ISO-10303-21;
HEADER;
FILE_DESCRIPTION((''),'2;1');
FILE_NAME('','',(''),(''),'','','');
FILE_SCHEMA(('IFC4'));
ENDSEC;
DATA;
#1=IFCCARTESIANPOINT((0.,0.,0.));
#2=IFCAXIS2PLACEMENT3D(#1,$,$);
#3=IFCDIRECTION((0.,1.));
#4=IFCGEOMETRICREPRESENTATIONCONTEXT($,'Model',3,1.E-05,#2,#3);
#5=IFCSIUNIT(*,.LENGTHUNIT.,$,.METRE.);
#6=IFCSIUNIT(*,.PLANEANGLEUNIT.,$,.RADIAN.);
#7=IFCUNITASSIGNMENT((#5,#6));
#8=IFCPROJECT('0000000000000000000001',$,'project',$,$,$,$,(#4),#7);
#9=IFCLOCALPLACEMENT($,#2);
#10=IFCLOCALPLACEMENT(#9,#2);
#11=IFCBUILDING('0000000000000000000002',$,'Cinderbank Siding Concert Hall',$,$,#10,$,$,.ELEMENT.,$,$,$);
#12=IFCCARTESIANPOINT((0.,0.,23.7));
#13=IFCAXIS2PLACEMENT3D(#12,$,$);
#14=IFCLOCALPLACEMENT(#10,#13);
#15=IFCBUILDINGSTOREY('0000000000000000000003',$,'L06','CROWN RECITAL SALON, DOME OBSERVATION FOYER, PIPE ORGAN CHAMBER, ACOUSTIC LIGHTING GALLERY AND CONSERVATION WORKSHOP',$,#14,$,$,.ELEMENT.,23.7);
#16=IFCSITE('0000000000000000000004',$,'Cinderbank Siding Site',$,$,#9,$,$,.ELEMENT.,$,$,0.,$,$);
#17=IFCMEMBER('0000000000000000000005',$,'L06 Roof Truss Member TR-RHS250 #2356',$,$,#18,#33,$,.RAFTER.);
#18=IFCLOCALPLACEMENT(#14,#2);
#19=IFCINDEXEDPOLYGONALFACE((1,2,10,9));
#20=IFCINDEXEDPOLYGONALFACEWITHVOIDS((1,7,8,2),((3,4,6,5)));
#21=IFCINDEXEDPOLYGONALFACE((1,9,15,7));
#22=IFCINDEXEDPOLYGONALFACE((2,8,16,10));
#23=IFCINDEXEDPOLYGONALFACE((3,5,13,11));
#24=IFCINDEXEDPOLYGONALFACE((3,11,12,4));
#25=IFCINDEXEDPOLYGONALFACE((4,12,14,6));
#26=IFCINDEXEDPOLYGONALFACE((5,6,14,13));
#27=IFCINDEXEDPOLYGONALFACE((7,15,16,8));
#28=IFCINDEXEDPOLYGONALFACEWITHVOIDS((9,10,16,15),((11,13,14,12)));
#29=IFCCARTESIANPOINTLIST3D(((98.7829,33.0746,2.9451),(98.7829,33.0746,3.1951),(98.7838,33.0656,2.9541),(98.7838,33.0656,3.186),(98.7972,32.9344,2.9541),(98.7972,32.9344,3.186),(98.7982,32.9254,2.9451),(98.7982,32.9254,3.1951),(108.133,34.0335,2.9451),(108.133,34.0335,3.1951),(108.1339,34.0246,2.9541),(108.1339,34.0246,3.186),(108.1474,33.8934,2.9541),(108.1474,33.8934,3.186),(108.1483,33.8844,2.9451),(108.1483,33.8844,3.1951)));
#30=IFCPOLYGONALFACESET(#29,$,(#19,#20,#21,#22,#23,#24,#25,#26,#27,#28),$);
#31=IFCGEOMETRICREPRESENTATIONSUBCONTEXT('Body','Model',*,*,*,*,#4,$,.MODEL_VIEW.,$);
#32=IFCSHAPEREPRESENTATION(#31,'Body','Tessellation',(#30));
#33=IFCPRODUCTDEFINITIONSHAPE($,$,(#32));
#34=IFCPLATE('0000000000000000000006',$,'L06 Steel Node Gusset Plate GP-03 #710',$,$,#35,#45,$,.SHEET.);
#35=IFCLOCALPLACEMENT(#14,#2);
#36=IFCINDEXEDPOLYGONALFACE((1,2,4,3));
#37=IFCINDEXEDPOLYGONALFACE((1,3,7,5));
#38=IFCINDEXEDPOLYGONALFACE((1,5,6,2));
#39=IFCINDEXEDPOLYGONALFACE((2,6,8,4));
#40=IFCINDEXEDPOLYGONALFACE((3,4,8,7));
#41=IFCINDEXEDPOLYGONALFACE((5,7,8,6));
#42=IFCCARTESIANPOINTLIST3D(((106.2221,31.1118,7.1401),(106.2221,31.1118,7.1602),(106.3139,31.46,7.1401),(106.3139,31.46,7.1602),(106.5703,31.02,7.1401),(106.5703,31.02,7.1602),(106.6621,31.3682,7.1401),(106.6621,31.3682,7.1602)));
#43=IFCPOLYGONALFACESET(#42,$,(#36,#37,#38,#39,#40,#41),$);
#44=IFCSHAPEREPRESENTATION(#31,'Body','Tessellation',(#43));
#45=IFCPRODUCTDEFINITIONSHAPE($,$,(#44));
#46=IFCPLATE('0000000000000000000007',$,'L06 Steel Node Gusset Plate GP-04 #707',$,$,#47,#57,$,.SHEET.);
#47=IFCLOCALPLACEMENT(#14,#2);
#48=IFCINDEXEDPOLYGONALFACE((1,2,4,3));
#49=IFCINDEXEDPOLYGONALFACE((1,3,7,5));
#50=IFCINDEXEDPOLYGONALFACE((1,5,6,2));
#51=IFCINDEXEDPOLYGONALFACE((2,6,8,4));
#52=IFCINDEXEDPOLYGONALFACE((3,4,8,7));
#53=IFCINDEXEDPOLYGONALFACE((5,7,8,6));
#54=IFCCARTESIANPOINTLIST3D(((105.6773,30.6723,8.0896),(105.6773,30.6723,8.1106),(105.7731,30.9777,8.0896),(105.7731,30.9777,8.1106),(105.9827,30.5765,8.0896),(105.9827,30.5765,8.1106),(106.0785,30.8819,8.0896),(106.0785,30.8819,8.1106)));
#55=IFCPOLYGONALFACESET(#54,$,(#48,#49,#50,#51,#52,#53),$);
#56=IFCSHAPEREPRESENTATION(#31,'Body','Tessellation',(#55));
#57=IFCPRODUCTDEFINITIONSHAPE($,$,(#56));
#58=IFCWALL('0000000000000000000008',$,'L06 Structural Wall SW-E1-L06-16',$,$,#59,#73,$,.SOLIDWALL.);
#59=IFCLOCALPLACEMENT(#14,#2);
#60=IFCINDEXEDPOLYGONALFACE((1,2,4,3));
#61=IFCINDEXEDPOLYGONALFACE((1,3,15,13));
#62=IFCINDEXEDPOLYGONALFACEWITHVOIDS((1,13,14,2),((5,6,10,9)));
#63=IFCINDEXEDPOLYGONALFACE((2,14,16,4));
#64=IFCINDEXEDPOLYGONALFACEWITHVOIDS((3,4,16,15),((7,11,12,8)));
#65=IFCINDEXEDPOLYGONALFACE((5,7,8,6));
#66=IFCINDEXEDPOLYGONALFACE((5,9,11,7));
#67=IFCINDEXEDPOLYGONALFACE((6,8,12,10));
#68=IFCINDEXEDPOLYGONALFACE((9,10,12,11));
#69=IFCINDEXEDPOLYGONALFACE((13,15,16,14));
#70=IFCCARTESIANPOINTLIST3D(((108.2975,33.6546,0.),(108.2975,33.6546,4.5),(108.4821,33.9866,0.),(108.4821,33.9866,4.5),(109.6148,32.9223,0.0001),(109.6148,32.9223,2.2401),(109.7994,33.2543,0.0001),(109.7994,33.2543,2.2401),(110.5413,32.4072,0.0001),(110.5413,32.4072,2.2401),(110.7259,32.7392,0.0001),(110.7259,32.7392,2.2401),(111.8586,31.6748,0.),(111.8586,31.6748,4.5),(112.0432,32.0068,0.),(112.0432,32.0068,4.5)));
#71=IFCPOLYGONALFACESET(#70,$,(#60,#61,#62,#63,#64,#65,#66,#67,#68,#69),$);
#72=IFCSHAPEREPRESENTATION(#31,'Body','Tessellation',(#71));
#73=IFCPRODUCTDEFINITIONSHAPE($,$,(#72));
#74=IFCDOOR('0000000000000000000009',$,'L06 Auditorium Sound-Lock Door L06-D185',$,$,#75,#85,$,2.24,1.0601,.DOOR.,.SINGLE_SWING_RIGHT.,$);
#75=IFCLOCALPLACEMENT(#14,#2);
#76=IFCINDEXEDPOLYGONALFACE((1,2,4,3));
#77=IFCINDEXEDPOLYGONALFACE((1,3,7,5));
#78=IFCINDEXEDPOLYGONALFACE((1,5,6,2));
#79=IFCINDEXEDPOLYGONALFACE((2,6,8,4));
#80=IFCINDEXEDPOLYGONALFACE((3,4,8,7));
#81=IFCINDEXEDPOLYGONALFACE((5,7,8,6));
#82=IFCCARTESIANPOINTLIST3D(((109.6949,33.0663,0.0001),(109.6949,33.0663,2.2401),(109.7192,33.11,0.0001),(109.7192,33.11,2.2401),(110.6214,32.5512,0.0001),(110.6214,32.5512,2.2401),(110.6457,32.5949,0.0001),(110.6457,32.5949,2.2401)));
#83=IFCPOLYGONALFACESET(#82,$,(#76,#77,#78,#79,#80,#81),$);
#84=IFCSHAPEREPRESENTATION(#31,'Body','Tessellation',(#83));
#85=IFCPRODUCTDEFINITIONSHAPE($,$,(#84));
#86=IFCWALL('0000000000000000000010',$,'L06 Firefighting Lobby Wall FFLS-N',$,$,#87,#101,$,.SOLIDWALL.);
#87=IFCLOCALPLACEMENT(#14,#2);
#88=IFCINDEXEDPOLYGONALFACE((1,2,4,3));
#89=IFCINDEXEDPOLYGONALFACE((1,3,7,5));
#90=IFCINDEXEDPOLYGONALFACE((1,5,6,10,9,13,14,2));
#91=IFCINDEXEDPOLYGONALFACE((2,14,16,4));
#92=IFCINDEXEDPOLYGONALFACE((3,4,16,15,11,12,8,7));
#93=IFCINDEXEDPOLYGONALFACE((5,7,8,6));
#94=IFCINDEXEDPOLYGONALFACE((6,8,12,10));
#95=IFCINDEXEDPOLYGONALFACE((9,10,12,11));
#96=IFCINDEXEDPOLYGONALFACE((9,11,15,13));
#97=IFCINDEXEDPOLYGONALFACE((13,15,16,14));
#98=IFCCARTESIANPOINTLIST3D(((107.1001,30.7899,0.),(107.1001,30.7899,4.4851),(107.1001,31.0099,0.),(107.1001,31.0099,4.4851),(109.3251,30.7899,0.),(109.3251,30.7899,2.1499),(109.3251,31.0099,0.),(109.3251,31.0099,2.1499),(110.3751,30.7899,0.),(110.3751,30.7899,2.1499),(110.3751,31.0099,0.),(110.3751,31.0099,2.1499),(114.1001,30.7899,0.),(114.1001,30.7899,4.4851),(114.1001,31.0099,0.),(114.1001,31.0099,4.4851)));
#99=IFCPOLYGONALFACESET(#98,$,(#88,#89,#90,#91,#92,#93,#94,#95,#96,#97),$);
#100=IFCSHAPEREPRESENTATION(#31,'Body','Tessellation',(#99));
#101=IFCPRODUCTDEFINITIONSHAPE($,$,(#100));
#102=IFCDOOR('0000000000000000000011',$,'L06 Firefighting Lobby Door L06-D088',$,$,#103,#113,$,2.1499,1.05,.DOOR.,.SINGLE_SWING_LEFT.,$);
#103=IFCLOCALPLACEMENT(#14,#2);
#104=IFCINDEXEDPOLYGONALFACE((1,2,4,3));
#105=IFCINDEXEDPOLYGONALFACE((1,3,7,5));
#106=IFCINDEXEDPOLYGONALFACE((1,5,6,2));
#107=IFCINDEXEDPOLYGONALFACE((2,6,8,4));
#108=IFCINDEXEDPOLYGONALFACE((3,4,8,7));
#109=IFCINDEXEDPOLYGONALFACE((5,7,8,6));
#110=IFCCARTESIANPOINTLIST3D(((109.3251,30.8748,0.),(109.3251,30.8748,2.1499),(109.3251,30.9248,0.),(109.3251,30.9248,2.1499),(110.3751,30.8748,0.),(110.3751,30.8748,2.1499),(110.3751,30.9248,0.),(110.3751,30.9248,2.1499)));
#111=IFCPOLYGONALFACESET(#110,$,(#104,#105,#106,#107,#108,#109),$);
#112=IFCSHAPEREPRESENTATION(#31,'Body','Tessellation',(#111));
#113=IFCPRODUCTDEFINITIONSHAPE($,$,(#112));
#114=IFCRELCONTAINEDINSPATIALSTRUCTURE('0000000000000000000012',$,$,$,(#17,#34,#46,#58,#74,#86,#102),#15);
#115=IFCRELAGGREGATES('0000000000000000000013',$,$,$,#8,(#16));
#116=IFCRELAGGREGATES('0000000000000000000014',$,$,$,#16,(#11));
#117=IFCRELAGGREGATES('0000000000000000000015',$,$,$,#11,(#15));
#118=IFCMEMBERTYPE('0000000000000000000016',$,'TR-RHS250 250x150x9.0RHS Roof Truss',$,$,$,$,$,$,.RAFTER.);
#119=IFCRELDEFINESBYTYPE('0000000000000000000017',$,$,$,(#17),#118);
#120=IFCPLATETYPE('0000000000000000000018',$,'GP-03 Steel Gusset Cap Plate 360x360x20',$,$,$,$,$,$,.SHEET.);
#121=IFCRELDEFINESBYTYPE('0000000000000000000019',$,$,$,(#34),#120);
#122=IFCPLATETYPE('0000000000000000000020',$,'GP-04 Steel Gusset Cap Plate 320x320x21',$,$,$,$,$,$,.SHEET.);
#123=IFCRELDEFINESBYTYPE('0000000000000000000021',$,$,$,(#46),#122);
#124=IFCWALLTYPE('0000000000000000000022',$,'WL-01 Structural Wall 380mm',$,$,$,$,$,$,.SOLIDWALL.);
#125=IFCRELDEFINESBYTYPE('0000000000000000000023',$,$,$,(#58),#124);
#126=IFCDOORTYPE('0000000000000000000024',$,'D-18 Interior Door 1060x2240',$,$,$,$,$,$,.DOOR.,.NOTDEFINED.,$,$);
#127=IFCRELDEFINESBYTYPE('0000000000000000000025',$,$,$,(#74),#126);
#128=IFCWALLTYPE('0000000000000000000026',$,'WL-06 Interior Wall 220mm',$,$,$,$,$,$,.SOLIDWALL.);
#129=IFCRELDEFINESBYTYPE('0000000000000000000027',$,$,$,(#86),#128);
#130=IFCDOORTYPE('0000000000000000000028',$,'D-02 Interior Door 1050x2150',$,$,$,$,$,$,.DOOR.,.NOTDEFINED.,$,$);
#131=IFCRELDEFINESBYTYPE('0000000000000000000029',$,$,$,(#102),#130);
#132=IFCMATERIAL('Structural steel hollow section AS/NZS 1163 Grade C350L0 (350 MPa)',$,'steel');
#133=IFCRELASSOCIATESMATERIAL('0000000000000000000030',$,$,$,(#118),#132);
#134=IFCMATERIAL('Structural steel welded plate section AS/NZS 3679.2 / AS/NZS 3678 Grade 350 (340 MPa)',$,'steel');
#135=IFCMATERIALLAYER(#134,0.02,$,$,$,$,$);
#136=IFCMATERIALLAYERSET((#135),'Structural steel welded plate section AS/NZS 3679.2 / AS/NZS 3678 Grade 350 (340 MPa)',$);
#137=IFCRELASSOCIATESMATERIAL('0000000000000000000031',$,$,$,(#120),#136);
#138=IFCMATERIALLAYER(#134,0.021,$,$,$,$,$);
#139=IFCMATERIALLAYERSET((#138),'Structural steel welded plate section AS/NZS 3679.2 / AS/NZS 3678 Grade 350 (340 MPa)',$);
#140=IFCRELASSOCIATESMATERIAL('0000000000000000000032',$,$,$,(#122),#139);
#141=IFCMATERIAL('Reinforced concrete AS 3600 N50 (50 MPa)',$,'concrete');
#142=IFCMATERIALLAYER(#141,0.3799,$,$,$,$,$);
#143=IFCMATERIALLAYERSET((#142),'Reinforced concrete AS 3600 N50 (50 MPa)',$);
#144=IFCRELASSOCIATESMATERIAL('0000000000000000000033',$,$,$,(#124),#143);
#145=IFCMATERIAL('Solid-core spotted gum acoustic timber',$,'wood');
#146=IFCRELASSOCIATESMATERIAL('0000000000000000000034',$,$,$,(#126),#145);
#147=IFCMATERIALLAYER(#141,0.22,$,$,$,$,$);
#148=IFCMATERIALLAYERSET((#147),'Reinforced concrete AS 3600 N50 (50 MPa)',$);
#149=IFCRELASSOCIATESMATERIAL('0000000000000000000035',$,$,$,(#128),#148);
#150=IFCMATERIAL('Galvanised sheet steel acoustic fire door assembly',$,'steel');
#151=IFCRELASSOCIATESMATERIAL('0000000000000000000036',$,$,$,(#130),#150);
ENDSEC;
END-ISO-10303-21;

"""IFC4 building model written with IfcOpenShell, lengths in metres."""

from ifc_helpers import new_model, si_unit, direction, frame, frame_2d, origin, origin_2d, place, context, subcontext, project, spatial, rectangle, hollow_rectangle, extrude, material, layer, layer_set, material_profile, profile_set, type_object, element, fill, save


model = new_model("IFC4")

# Units and contexts
model_context = context("Model", 3, precision=1e-05, world=origin(), true_north=direction((0.0, 1.0)))
body_context = subcontext(model_context, "Body", "Model", "MODEL_VIEW")
ifc_project = project(units=[si_unit("LENGTHUNIT", "METRE"), si_unit("PLANEANGLEUNIT", "RADIAN")], contexts=[model_context])

# Site, building, storey
site_placement = place(None, origin())
site = spatial("IfcSite", under=ifc_project, at=site_placement, Name="Cinderbank Siding Site", CompositionType="ELEMENT", RefElevation=0.0)
building_placement = place(site_placement, origin())
building = spatial("IfcBuilding", under=site, at=building_placement, Name="Cinderbank Siding Concert Hall", CompositionType="ELEMENT")
storey_placement = place(building_placement, frame((0.0, 0.0, 23.7)))
storey = spatial("IfcBuildingStorey", under=building, at=storey_placement, Name="L06", Description="CROWN RECITAL SALON, DOME OBSERVATION FOYER, PIPE ORGAN CHAMBER, ACOUSTIC LIGHTING GALLERY AND CONSERVATION WORKSHOP", CompositionType="ELEMENT", Elevation=23.7)

# Shared definitions
ifc_material_1 = material(Name="Reinforced concrete AS 3600 N50 (50 MPa)", Category="concrete")

# Member
ifc_material_2 = material(Name="Structural steel hollow section AS/NZS 1163 Grade C350L0 (350 MPa)", Category="steel")
ifc_material_profile_1 = material_profile(ifc_material_2, hollow_rectangle(XDim=0.1499, YDim=0.25, WallThickness=0.009, at=origin_2d()), Name="250x150x9.0RHS", Category="LoadBearing")
ifc_profile_set_1 = profile_set([ifc_material_profile_1], Name="Structural steel hollow section AS/NZS 1163 Grade C350L0 (350 MPa)")
member_type_1 = type_object("IfcMemberType", Name="TR-RHS250 250x150x9.0RHS Roof Truss", PredefinedType="RAFTER", material=ifc_profile_set_1)
member_1_placement = place(storey_placement, frame((108.1406, 33.959, 3.0701), z_axis=(-0.994781, -0.102029, 0.0), x_axis=(0.102029, -0.994781, 0.0)))
element("IfcMember", 1, at=member_1_placement, inside=storey, type_object=member_type_1, Name="L06 Roof Truss Member TR-RHS250 #2356", PredefinedType="RAFTER", context=body_context, shape_type="SweptSolid", body=[
    extrude(hollow_rectangle(XDim=0.1499, YDim=0.25, WallThickness=0.009, at=origin_2d()), origin(), (0.0, 0.0, 1.0), 9.3992),
])

# Plates
ifc_material_3 = material(Name="Structural steel welded plate section AS/NZS 3679.2 / AS/NZS 3678 Grade 350 (340 MPa)", Category="steel")
ifc_layer_1 = layer(ifc_material_3, 0.02)
ifc_layer_set_1 = layer_set([ifc_layer_1], Name="Structural steel welded plate section AS/NZS 3679.2 / AS/NZS 3678 Grade 350 (340 MPa)")
plate_type_1 = type_object("IfcPlateType", Name="GP-03 Steel Gusset Cap Plate 360x360x20", PredefinedType="SHEET", material=ifc_layer_set_1)
plate_1_placement = place(storey_placement, frame((106.4421, 31.24, 7.1401), z_axis=(0.0, 0.0, 1.0), x_axis=(0.966957, -0.254939, 0.0)))
element("IfcPlate", 2, at=plate_1_placement, inside=storey, type_object=plate_type_1, Name="L06 Steel Node Gusset Plate GP-03 #710", PredefinedType="SHEET", context=body_context, shape_type="SweptSolid", body=[
    extrude(rectangle(XDim=0.3601, YDim=0.3601, at=origin_2d()), origin(), (0.0, 0.0, 1.0), 0.02),
])
ifc_layer_2 = layer(ifc_material_3, 0.021)
ifc_layer_set_2 = layer_set([ifc_layer_2], Name="Structural steel welded plate section AS/NZS 3679.2 / AS/NZS 3678 Grade 350 (340 MPa)")
plate_type_2 = type_object("IfcPlateType", Name="GP-04 Steel Gusset Cap Plate 320x320x21", PredefinedType="SHEET", material=ifc_layer_set_2)
plate_2_placement = place(storey_placement, frame((105.8779, 30.7771, 8.0896), z_axis=(0.0, 0.0, 1.0), x_axis=(0.954188, -0.299207, 0.0)))
element("IfcPlate", 3, at=plate_2_placement, inside=storey, type_object=plate_type_2, Name="L06 Steel Node Gusset Plate GP-04 #707", PredefinedType="SHEET", context=body_context, shape_type="SweptSolid", body=[
    extrude(rectangle(XDim=0.3201, YDim=0.3201, at=origin_2d()), origin(), (0.0, 0.0, 1.0), 0.021),
])

# Walls, openings, doors
ifc_layer_3 = layer(ifc_material_1, 0.3799)
ifc_layer_set_3 = layer_set([ifc_layer_3], Name="Reinforced concrete AS 3600 N50 (50 MPa)")
wall_type_1 = type_object("IfcWallType", Name="WL-01 Structural Wall 380mm", PredefinedType="SOLIDWALL", material=ifc_layer_set_3)
wall_1_placement = place(storey_placement, frame((108.3899, 33.8206, 0.0), z_axis=(0.0, 0.0, 1.0), x_axis=(0.874013, -0.485902, 0.0)))
wall_1 = element("IfcWall", 4, at=wall_1_placement, inside=storey, type_object=wall_type_1, Name="L06 Structural Wall SW-E1-L06-16", PredefinedType="SOLIDWALL", context=body_context, shape_type="SweptSolid", body=[
    extrude(rectangle(XDim=4.0745, YDim=0.3799, at=frame_2d((2.0371, 0.0))), origin(), (0.0, 0.0, 1.0), 4.5),
])
opening_1_placement = place(wall_1_placement, frame((1.5071, 0.0, 0.0)))
opening_1 = element("IfcOpeningElement", 5, at=opening_1_placement, cuts=wall_1, PredefinedType="OPENING", context=body_context, shape_type="SweptSolid", body=[
    extrude(rectangle(XDim=1.0601, YDim=2.24, at=frame_2d((0.53, 1.1201))), frame((0.0, 0.2019, 0.0), z_axis=(0.0, -1.0, 0.0), x_axis=(1.0, 0.0, 0.0)), (0.0, 0.0, 1.0), 0.4038),
])
ifc_material_4 = material(Name="Solid-core spotted gum acoustic timber", Category="wood")
door_type_1 = type_object("IfcDoorType", Name="D-18 Interior Door 1060x2240", OperationType="NOTDEFINED", PredefinedType="DOOR", material=ifc_material_4)
door_1_placement = place(opening_1_placement, origin())
door_1 = element("IfcDoor", 6, at=door_1_placement, inside=storey, type_object=door_type_1, Name="L06 Auditorium Sound-Lock Door L06-D185", OperationType="SINGLE_SWING_RIGHT", OverallHeight=2.24, OverallWidth=1.0601, PredefinedType="DOOR", context=body_context, shape_type="SweptSolid", body=[
    extrude(rectangle(XDim=1.0601, YDim=2.24, at=frame_2d((0.53, 1.1201))), frame((0.0, 0.0249, 0.0), z_axis=(0.0, -1.0, 0.0), x_axis=(1.0, 0.0, 0.0)), (0.0, 0.0, 1.0), 0.05),
])
fill(opening_1, door_1)
ifc_layer_4 = layer(ifc_material_1, 0.22)
ifc_layer_set_4 = layer_set([ifc_layer_4], Name="Reinforced concrete AS 3600 N50 (50 MPa)")
wall_type_2 = type_object("IfcWallType", Name="WL-06 Interior Wall 220mm", PredefinedType="SOLIDWALL", material=ifc_layer_set_4)
wall_2_placement = place(storey_placement, frame((107.1001, 30.8999, 0.0), z_axis=(0.0, 0.0, 1.0), x_axis=(1.0, 0.0, 0.0)))
wall_2 = element("IfcWall", 7, at=wall_2_placement, inside=storey, type_object=wall_type_2, Name="L06 Firefighting Lobby Wall FFLS-N", PredefinedType="SOLIDWALL", context=body_context, shape_type="SweptSolid", body=[
    extrude(rectangle(XDim=7.0, YDim=0.22, at=frame_2d((3.5, 0.0))), origin(), (0.0, 0.0, 1.0), 4.4851),
])
opening_2_placement = place(wall_2_placement, frame((2.2251, 0.0, 0.0)))
opening_2 = element("IfcOpeningElement", 8, at=opening_2_placement, cuts=wall_2, PredefinedType="OPENING", context=body_context, shape_type="SweptSolid", body=[
    extrude(rectangle(XDim=1.05, YDim=2.1499, at=frame_2d((0.5249, 1.075))), frame((0.0, 0.1221, 0.0), z_axis=(0.0, -1.0, 0.0), x_axis=(1.0, 0.0, 0.0)), (0.0, 0.0, 1.0), 0.2439),
])
ifc_material_5 = material(Name="Galvanised sheet steel acoustic fire door assembly", Category="steel")
door_type_2 = type_object("IfcDoorType", Name="D-02 Interior Door 1050x2150", OperationType="NOTDEFINED", PredefinedType="DOOR", material=ifc_material_5)
door_2_placement = place(opening_2_placement, origin())
door_2 = element("IfcDoor", 9, at=door_2_placement, inside=storey, type_object=door_type_2, Name="L06 Firefighting Lobby Door L06-D088", OperationType="SINGLE_SWING_LEFT", OverallHeight=2.1499, OverallWidth=1.05, PredefinedType="DOOR", context=body_context, shape_type="SweptSolid", body=[
    extrude(rectangle(XDim=1.05, YDim=2.1499, at=frame_2d((0.5249, 1.075))), frame((0.0, 0.0249, 0.0), z_axis=(0.0, -1.0, 0.0), x_axis=(1.0, 0.0, 0.0)), (0.0, 0.0, 1.0), 0.05),
])
fill(opening_2, door_2)

save(model, "model.ifc")
